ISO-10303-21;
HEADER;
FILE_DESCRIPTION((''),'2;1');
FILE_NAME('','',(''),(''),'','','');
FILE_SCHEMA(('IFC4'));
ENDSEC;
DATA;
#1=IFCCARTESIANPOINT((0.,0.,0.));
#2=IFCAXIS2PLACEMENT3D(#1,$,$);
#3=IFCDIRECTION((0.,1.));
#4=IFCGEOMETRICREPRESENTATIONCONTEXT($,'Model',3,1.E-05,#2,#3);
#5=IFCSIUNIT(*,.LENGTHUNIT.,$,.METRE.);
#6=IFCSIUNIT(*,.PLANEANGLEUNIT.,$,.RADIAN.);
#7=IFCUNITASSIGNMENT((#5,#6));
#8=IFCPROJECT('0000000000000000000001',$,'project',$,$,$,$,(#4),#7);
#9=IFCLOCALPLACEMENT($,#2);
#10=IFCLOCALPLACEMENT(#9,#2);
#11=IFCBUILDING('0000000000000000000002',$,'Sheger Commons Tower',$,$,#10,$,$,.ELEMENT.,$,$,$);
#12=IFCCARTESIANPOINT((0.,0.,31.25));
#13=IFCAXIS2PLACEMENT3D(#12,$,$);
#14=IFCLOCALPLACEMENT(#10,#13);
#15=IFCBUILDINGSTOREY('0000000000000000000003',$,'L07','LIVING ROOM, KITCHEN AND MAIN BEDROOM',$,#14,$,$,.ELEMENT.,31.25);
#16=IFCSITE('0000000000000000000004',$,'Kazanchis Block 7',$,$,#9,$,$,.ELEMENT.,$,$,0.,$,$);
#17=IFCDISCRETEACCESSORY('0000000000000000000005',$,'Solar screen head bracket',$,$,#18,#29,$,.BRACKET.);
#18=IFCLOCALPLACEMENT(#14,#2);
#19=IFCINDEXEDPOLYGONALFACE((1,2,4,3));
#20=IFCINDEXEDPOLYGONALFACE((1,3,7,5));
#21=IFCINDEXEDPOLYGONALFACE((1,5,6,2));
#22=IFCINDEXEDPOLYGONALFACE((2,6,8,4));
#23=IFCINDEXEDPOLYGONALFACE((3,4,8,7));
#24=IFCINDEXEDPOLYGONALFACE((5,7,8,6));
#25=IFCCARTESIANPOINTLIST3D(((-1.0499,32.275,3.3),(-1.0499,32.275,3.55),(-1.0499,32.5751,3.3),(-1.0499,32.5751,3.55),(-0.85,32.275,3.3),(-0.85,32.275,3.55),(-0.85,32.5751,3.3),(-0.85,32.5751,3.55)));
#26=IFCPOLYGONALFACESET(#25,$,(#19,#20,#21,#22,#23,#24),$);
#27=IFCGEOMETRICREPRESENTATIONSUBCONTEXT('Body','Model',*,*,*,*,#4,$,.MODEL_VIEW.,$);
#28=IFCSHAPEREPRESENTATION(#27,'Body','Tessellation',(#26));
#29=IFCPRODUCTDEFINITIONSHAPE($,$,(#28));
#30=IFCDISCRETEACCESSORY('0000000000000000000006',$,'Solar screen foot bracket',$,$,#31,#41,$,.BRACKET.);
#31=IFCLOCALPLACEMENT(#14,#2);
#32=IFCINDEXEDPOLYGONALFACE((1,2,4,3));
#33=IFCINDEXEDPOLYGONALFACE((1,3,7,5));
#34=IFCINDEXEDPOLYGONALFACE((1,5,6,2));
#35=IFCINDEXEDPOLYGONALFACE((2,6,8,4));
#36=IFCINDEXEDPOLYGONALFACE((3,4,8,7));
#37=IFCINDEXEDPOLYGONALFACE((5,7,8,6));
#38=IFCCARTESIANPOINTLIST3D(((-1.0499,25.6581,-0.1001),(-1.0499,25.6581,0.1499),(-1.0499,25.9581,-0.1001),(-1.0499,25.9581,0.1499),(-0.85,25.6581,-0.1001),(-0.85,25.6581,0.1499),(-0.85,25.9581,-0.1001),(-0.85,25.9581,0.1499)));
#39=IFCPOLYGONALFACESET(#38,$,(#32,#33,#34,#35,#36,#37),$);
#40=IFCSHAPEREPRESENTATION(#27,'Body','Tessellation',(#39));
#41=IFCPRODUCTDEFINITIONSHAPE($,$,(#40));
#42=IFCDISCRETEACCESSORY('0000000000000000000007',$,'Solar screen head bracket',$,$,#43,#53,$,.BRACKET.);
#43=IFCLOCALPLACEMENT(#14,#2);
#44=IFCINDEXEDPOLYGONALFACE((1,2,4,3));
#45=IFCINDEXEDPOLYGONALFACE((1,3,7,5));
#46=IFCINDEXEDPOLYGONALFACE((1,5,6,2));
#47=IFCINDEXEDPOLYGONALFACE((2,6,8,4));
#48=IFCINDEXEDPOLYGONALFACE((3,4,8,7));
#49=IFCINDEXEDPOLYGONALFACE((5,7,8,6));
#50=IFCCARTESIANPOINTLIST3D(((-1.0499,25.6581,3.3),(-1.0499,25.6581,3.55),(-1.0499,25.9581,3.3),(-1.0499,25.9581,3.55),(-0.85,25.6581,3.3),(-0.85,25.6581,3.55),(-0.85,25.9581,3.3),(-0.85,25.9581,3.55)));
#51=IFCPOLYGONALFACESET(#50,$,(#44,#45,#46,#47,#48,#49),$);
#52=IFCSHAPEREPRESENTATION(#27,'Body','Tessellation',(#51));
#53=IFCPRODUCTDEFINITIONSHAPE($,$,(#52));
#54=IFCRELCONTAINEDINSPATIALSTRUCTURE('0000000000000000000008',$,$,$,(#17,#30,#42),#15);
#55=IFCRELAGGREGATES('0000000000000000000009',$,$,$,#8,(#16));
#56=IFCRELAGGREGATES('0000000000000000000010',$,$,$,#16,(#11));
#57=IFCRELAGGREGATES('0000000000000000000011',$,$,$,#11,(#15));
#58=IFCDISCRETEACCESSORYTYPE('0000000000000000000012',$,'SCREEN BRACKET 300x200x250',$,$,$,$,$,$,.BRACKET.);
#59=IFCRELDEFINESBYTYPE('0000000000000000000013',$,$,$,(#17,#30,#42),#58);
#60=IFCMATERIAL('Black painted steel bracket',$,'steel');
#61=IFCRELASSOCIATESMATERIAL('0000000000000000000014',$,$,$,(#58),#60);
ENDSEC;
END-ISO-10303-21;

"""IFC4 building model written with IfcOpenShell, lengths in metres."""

from ifc_helpers import new_model, si_unit, direction, frame, origin, origin_2d, place, context, subcontext, project, spatial, rectangle, extrude, material, type_object, element, save


model = new_model("IFC4")

# Units and contexts
model_context = context("Model", 3, precision=1e-05, world=origin(), true_north=direction((0.0, 1.0)))
body_context = subcontext(model_context, "Body", "Model", "MODEL_VIEW")
ifc_project = project(units=[si_unit("LENGTHUNIT", "METRE"), si_unit("PLANEANGLEUNIT", "RADIAN")], contexts=[model_context])

# Site, building, storey
site_placement = place(None, origin())
site = spatial("IfcSite", under=ifc_project, at=site_placement, Name="Kazanchis Block 7", CompositionType="ELEMENT", RefElevation=0.0)
building_placement = place(site_placement, origin())
building = spatial("IfcBuilding", under=site, at=building_placement, Name="Sheger Commons Tower", CompositionType="ELEMENT")
storey_placement = place(building_placement, frame((0.0, 0.0, 31.25)))
storey = spatial("IfcBuildingStorey", under=building, at=storey_placement, Name="L07", Description="LIVING ROOM, KITCHEN AND MAIN BEDROOM", CompositionType="ELEMENT", Elevation=31.25)

# Discrete accessories
ifc_material_1 = material(Name="Black painted steel bracket", Category="steel")
discrete_accessory_type = type_object("IfcDiscreteAccessoryType", Name="SCREEN BRACKET 300x200x250", PredefinedType="BRACKET", material=ifc_material_1)
for number, where, z_axis, x_axis, name in (
    (1, (-0.95, 32.425, 3.3), (0.0, 0.0, 1.0), (0.0, -1.0, 0.0), "Solar screen head bracket"),
    (2, (-0.95, 25.8081, -0.1001), (0.0, 0.0, 1.0), (0.0, -1.0, 0.0), "Solar screen foot bracket"),
    (3, (-0.95, 25.8081, 3.3), (0.0, 0.0, 1.0), (0.0, -1.0, 0.0), "Solar screen head bracket"),
):
    element("IfcDiscreteAccessory", number, at=place(storey_placement, frame(where, z_axis=z_axis, x_axis=x_axis)), inside=storey, type_object=discrete_accessory_type, Name=name, PredefinedType="BRACKET", context=body_context, shape_type="SweptSolid", body=[
        extrude(rectangle(XDim=0.3, YDim=0.2, at=origin_2d()), origin(), (0.0, 0.0, 1.0), 0.25),
    ])

save(model, "model.ifc")
